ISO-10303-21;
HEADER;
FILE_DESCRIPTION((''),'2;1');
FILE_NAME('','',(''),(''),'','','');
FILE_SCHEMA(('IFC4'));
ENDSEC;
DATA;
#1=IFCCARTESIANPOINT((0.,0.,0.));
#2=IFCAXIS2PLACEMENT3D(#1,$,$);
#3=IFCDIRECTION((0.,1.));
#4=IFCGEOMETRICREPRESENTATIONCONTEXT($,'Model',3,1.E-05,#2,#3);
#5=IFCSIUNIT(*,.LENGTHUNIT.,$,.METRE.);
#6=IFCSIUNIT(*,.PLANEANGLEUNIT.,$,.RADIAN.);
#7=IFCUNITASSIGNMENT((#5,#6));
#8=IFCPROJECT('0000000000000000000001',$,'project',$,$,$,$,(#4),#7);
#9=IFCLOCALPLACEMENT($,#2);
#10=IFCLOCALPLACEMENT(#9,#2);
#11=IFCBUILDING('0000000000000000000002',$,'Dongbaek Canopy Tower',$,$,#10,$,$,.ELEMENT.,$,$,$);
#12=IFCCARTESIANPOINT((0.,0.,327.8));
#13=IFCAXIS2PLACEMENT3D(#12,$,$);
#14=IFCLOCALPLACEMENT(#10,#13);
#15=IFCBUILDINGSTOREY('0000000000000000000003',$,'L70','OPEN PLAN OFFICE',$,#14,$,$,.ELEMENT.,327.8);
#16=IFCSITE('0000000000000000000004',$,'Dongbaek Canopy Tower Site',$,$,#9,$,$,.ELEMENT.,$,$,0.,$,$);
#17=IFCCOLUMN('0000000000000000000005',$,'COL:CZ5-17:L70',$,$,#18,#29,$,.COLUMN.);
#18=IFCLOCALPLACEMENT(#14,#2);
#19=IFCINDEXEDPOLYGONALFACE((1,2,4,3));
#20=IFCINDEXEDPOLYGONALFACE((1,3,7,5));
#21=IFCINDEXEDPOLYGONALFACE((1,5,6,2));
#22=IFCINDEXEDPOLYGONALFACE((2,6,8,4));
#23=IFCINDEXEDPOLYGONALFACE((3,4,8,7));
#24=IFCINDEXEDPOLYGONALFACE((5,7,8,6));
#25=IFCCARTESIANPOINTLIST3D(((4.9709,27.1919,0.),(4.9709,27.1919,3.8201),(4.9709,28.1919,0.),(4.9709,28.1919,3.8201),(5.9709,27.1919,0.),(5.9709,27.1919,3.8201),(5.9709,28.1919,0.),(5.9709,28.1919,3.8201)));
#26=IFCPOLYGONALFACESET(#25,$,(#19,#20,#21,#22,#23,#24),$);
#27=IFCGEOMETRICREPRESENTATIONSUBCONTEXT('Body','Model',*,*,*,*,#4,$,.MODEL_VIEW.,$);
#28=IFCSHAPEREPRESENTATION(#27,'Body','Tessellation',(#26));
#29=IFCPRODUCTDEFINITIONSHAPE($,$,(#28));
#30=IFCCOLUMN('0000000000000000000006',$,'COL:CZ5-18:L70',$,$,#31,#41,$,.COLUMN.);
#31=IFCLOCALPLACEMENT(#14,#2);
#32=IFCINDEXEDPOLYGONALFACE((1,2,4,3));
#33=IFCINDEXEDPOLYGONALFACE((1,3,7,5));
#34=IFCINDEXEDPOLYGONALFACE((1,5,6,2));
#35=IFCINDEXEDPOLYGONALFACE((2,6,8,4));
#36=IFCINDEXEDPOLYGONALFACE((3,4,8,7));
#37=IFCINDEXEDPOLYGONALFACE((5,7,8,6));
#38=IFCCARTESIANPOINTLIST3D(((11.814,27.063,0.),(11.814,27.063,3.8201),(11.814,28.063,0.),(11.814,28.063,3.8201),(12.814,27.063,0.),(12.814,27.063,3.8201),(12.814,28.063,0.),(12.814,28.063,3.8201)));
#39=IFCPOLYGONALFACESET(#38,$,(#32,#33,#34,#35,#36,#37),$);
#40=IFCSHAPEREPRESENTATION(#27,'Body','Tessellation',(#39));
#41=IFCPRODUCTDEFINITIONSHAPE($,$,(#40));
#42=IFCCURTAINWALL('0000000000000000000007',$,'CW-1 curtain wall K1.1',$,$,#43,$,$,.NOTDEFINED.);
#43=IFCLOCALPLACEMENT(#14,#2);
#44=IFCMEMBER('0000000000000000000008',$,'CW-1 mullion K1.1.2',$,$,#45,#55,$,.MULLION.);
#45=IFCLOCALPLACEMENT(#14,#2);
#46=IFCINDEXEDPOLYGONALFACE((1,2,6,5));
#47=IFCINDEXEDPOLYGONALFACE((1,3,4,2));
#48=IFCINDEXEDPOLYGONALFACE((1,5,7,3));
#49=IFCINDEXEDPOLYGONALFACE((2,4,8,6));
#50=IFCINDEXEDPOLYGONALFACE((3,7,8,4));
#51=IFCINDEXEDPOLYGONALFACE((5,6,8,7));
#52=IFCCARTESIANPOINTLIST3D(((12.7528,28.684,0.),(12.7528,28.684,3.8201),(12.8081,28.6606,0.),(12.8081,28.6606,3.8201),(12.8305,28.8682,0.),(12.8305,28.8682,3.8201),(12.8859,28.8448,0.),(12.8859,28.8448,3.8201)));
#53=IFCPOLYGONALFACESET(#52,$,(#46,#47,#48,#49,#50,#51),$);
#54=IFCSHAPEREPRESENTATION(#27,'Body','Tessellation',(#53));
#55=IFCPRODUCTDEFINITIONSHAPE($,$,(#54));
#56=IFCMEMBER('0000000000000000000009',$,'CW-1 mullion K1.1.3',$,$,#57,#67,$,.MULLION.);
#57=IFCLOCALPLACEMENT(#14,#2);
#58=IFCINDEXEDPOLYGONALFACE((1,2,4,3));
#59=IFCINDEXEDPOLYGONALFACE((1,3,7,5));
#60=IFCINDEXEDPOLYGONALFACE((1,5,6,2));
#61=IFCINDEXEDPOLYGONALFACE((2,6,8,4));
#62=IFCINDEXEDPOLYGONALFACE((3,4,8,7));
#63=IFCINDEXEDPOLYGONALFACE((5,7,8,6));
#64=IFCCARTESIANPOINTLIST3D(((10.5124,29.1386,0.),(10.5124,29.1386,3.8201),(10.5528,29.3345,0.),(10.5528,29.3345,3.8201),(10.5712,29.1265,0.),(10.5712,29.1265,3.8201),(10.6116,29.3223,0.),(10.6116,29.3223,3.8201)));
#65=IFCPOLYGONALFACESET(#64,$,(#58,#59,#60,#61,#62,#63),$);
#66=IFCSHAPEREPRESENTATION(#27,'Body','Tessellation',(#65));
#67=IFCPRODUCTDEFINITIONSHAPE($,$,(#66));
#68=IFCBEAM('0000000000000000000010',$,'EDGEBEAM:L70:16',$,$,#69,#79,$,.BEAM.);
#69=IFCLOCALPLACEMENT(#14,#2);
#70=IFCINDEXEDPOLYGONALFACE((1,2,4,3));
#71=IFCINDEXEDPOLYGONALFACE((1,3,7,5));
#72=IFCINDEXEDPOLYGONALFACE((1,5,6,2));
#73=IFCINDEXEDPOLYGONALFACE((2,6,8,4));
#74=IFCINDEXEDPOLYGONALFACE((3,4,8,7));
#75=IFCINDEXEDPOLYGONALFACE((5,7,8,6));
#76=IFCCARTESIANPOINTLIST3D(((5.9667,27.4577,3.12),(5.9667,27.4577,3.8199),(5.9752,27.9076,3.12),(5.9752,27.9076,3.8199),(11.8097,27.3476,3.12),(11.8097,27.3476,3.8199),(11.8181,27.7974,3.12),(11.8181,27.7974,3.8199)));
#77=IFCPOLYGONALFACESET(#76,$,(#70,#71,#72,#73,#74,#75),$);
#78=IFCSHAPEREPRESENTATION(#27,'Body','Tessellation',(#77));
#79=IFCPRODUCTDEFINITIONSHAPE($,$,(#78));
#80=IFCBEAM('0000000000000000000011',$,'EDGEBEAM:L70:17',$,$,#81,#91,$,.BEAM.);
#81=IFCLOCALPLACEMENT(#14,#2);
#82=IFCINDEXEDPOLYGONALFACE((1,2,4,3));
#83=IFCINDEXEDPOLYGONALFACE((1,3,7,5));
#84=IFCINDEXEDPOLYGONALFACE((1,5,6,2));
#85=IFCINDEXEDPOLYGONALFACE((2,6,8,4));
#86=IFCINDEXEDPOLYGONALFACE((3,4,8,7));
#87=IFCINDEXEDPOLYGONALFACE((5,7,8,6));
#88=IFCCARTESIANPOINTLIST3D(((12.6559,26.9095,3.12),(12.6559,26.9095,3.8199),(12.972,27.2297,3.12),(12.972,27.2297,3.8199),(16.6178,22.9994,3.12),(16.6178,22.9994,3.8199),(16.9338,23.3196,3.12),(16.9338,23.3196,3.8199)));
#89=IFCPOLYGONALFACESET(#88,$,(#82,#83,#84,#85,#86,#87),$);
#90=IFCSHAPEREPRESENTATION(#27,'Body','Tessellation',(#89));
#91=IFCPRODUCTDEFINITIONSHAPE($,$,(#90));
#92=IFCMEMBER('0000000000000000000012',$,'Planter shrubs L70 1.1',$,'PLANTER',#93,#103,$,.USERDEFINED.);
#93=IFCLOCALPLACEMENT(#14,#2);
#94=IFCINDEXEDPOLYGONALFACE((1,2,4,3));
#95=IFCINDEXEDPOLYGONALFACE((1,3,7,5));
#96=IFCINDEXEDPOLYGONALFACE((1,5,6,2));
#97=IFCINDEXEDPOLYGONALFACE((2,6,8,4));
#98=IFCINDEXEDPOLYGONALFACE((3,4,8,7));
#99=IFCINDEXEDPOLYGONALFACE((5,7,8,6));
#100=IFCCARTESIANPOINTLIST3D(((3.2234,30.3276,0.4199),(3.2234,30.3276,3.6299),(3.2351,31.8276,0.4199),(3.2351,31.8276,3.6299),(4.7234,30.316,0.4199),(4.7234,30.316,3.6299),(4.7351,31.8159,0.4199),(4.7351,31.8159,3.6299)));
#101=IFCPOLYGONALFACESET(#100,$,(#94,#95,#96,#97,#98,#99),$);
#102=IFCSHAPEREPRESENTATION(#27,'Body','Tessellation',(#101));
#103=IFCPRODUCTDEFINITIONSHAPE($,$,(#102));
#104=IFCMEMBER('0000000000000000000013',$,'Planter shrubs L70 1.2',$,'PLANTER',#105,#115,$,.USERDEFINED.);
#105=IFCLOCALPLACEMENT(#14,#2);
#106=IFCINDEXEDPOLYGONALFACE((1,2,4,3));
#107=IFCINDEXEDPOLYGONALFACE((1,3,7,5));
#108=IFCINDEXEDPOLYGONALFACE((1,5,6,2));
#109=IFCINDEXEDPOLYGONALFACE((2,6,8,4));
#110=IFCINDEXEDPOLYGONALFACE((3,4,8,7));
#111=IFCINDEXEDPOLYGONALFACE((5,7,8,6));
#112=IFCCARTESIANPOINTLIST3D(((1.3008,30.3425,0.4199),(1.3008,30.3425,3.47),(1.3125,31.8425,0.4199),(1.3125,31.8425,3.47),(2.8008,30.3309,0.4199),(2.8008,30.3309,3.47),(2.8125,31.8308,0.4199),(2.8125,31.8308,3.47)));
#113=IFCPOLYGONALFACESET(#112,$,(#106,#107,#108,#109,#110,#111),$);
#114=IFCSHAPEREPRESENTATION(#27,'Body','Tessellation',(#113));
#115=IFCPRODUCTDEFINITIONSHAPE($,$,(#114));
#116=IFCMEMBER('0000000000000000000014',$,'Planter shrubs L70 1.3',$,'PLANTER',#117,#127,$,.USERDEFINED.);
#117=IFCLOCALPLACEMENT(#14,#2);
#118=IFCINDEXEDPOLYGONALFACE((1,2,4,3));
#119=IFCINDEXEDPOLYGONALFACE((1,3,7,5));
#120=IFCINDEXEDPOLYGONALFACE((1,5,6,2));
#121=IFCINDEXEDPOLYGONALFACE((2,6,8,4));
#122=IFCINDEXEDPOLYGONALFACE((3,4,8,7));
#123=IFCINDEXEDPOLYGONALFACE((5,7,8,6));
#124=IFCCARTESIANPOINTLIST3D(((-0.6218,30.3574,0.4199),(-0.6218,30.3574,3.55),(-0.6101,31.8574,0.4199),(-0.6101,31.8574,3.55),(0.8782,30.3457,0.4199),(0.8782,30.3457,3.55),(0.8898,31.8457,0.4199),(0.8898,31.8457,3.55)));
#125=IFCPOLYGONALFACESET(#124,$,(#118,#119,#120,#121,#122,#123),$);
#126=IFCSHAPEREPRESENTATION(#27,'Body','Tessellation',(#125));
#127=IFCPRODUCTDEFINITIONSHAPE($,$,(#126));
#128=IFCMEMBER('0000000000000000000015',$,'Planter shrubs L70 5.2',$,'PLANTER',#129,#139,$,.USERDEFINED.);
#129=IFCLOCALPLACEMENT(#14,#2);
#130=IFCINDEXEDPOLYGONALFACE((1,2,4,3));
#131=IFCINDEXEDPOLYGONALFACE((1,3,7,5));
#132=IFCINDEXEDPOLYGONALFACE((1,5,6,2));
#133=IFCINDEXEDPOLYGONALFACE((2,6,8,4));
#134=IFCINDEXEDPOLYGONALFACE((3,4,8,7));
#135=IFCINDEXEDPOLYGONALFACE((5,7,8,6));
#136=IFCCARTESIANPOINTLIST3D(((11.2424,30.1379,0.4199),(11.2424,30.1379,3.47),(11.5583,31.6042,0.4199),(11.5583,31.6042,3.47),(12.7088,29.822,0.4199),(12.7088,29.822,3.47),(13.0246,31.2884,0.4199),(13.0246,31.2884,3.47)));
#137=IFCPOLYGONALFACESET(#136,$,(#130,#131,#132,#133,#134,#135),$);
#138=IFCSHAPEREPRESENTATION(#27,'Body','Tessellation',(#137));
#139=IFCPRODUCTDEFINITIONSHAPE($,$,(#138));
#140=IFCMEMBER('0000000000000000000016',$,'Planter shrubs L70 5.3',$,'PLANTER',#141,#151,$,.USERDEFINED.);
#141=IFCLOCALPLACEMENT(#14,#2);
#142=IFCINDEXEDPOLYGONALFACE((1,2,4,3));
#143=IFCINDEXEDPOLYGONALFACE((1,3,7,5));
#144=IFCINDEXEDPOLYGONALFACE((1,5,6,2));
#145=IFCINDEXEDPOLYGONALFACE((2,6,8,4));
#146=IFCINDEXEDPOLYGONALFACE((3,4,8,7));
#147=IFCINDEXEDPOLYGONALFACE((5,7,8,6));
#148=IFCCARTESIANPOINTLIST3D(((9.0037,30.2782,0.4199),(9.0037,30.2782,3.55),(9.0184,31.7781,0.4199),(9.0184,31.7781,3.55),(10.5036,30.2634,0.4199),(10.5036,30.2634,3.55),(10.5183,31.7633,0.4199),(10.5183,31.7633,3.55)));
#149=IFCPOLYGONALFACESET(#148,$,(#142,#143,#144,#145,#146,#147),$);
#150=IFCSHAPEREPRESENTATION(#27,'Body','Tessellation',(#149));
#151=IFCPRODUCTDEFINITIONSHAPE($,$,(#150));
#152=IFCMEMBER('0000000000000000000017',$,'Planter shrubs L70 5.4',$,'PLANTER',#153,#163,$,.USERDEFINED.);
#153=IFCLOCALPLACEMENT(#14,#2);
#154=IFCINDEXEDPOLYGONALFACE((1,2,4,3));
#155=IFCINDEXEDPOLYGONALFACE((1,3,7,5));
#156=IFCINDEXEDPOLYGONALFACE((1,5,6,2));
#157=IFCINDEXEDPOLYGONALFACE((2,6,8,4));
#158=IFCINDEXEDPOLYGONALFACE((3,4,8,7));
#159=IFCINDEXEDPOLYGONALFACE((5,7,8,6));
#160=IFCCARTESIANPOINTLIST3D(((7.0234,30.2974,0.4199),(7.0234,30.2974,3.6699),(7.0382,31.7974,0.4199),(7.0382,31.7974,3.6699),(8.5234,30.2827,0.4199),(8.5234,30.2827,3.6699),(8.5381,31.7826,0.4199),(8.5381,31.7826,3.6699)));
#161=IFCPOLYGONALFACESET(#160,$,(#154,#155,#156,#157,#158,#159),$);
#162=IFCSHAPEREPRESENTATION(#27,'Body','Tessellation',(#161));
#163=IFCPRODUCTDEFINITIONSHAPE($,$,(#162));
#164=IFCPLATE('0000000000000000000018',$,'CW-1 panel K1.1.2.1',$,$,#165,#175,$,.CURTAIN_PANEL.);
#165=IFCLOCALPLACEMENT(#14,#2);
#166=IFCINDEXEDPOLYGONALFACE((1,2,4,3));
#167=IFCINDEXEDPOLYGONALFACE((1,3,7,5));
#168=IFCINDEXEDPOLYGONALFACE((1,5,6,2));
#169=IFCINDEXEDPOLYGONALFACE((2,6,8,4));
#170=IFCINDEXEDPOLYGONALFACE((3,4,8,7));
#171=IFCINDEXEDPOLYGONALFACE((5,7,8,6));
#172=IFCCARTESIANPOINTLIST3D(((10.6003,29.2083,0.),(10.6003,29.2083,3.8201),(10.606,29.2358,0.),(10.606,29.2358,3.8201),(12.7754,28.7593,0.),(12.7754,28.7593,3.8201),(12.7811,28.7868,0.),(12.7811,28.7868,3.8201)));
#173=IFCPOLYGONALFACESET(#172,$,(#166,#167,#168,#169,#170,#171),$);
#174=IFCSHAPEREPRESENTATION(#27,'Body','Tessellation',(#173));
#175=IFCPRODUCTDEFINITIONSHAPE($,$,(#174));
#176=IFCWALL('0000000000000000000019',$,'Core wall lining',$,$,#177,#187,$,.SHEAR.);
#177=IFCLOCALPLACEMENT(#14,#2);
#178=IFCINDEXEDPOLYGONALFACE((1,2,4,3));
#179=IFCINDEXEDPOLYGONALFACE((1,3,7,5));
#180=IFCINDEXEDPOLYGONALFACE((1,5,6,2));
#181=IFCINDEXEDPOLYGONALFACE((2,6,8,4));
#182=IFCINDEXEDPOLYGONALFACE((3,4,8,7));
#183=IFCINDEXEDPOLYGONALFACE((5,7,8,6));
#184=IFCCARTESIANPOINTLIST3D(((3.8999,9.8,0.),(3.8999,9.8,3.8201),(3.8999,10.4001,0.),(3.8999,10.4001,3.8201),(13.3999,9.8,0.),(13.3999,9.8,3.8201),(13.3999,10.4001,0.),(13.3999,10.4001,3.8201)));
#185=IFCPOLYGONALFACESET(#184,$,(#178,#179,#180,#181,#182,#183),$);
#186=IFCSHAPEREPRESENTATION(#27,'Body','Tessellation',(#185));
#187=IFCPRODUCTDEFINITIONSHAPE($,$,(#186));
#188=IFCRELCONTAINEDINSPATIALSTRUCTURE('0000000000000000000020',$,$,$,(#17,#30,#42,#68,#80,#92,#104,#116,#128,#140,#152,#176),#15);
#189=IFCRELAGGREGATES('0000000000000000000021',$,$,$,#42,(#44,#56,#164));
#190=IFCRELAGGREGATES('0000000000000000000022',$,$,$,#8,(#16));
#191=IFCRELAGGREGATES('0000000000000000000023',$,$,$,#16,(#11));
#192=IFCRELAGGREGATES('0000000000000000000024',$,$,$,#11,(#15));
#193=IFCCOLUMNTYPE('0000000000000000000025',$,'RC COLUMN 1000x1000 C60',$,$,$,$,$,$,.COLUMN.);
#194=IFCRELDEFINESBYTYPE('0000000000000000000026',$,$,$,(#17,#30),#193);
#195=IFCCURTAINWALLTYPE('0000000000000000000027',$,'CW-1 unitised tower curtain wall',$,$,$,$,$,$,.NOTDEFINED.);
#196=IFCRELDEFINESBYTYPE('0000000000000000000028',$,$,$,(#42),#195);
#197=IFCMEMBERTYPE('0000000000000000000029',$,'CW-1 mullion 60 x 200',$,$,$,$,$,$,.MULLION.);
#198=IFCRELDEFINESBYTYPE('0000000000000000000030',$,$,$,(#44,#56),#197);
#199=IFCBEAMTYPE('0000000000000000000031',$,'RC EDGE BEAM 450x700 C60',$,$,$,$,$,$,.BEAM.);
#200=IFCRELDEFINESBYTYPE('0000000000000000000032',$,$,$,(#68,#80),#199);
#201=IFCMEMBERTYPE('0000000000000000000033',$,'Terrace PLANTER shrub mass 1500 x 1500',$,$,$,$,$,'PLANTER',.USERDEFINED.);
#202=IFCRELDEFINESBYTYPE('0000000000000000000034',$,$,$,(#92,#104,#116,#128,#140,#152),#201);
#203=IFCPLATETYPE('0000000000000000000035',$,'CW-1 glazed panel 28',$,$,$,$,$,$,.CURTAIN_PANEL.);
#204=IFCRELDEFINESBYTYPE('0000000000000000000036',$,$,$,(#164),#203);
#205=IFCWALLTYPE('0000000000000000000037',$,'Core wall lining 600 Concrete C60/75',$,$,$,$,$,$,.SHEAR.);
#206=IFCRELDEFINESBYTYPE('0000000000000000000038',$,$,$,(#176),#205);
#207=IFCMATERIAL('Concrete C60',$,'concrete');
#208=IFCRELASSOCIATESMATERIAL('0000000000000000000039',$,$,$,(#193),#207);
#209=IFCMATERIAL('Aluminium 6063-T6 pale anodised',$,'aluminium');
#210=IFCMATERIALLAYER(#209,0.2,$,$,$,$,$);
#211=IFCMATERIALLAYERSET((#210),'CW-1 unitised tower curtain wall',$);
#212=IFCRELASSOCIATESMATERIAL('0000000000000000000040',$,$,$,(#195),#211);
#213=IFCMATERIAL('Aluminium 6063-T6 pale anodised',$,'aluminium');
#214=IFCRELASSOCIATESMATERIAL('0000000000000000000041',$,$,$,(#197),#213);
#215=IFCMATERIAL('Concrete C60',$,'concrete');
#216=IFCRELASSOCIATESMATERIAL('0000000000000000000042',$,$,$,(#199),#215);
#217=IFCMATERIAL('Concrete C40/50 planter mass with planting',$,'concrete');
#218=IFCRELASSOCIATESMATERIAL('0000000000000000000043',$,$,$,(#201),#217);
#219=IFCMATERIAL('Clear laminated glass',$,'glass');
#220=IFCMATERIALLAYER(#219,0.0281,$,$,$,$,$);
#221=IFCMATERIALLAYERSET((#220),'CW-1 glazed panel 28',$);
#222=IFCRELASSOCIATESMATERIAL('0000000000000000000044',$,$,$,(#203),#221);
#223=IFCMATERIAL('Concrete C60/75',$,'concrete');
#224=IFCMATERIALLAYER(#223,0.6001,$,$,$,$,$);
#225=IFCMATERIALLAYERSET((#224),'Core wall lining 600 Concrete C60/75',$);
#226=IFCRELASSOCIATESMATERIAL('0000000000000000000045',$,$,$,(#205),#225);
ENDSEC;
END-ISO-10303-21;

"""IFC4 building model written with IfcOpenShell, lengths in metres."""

from ifc_helpers import new_model, si_unit, direction, frame, frame_2d, origin, origin_2d, place, context, subcontext, project, spatial, rectangle, extrude, material, layer, layer_set, material_profile, profile_set, type_object, element, aggregate, save


model = new_model("IFC4")

# Units and contexts
model_context = context("Model", 3, precision=1e-05, world=origin(), true_north=direction((0.0, 1.0)))
body_context = subcontext(model_context, "Body", "Model", "MODEL_VIEW")
ifc_project = project(units=[si_unit("LENGTHUNIT", "METRE"), si_unit("PLANEANGLEUNIT", "RADIAN")], contexts=[model_context])

# Site, building, storey
site_placement = place(None, origin())
site = spatial("IfcSite", under=ifc_project, at=site_placement, Name="Dongbaek Canopy Tower Site", CompositionType="ELEMENT", RefElevation=0.0)
building_placement = place(site_placement, origin())
building = spatial("IfcBuilding", under=site, at=building_placement, Name="Dongbaek Canopy Tower", CompositionType="ELEMENT")
storey_placement = place(building_placement, frame((0.0, 0.0, 327.8)))
storey = spatial("IfcBuildingStorey", under=building, at=storey_placement, Name="L70", Description="OPEN PLAN OFFICE", CompositionType="ELEMENT", Elevation=327.8)

# Columns
ifc_material_1 = material(Name="Concrete C60", Category="concrete")
ifc_material_profile_1 = material_profile(ifc_material_1, rectangle(XDim=1.0, YDim=1.0, at=origin_2d()), Name="RC COLUMN 1000x1000 C60")
ifc_profile_set_1 = profile_set([ifc_material_profile_1], Name="Concrete C60")
column_type = type_object("IfcColumnType", Name="RC COLUMN 1000x1000 C60", PredefinedType="COLUMN", material=ifc_profile_set_1)
for number, where, z_axis, x_axis, name in (
    (1, (5.4709, 27.6919, 0.0), (0.0, 0.0, 1.0), (1.0, 0.0, 0.0), "COL:CZ5-17:L70"),
    (2, (12.314, 27.563, 0.0), (0.0, 0.0, 1.0), (1.0, 0.0, 0.0), "COL:CZ5-18:L70"),
):
    element("IfcColumn", number, at=place(storey_placement, frame(where, z_axis=z_axis, x_axis=x_axis)), inside=storey, type_object=column_type, Name=name, PredefinedType="COLUMN", context=body_context, shape_type="SweptSolid", body=[
        extrude(rectangle(XDim=1.0, YDim=1.0, at=origin_2d()), origin(), (0.0, 0.0, 1.0), 3.8201),
    ])

# Curtain wall, members
ifc_material_2 = material(Name="Aluminium 6063-T6 pale anodised", Category="aluminium")
ifc_layer_1 = layer(ifc_material_2, 0.2)
ifc_layer_set_1 = layer_set([ifc_layer_1], Name="CW-1 unitised tower curtain wall")
curtain_wall_type = type_object("IfcCurtainWallType", Name="CW-1 unitised tower curtain wall", PredefinedType="NOTDEFINED", material=ifc_layer_set_1)
curtain_wall_placement = place(storey_placement, origin())
curtain_wall = element("IfcCurtainWall", 3, at=curtain_wall_placement, inside=storey, type_object=curtain_wall_type, Name="CW-1 curtain wall K1.1", PredefinedType="NOTDEFINED")
ifc_material_3 = material(Name="Aluminium 6063-T6 pale anodised", Category="aluminium")
ifc_material_profile_2 = material_profile(ifc_material_3, rectangle(XDim=0.2, YDim=0.0601, at=origin_2d()), Name="CW-1 mullion 60 x 200")
ifc_profile_set_2 = profile_set([ifc_material_profile_2], Name="Aluminium 6063-T6 pale anodised")
member_type_1 = type_object("IfcMemberType", Name="CW-1 mullion 60 x 200", PredefinedType="MULLION", material=ifc_profile_set_2)
member_1_placement = place(storey_placement, frame((12.8193, 28.7644, 0.0), z_axis=(0.0, 0.0, 1.0), x_axis=(0.388843, 0.921304, 0.0)))
member_1 = element("IfcMember", 4, at=member_1_placement, type_object=member_type_1, Name="CW-1 mullion K1.1.2", PredefinedType="MULLION", context=body_context, shape_type="SweptSolid", body=[
    extrude(rectangle(XDim=0.2, YDim=0.0601, at=origin_2d()), origin(), (0.0, 0.0, 1.0), 3.8201),
])
member_2_placement = place(storey_placement, frame((10.562, 29.2305, 0.0), z_axis=(0.0, 0.0, 1.0), x_axis=(0.202175, 0.979349, 0.0)))
member_2 = element("IfcMember", 5, at=member_2_placement, type_object=member_type_1, Name="CW-1 mullion K1.1.3", PredefinedType="MULLION", context=body_context, shape_type="SweptSolid", body=[
    extrude(rectangle(XDim=0.2, YDim=0.0601, at=origin_2d()), origin(), (0.0, 0.0, 1.0), 3.8201),
])

# Beams
ifc_material_4 = material(Name="Concrete C60", Category="concrete")
ifc_material_profile_3 = material_profile(ifc_material_4, rectangle(XDim=0.45, YDim=0.7, at=origin_2d()), Name="RC EDGE BEAM 450x700 C60")
ifc_profile_set_3 = profile_set([ifc_material_profile_3], Name="Concrete C60")
beam_type = type_object("IfcBeamType", Name="RC EDGE BEAM 450x700 C60", PredefinedType="BEAM", material=ifc_profile_set_3)
beam_1_placement = place(storey_placement, frame((5.9709, 27.6826, 3.47), z_axis=(0.999822, -0.018841, 0.0), x_axis=(0.018841, 0.999822, 0.0)))
element("IfcBeam", 6, at=beam_1_placement, inside=storey, type_object=beam_type, Name="EDGEBEAM:L70:16", PredefinedType="BEAM", context=body_context, shape_type="SweptSolid", body=[
    extrude(rectangle(XDim=0.45, YDim=0.7, at=origin_2d()), origin(), (0.0, 0.0, 1.0), 5.844),
])
beam_2_placement = place(storey_placement, frame((12.814, 27.0696, 3.47), z_axis=(0.711741, -0.702442, 0.0), x_axis=(0.702442, 0.711741, 0.0)))
element("IfcBeam", 7, at=beam_2_placement, inside=storey, type_object=beam_type, Name="EDGEBEAM:L70:17", PredefinedType="BEAM", context=body_context, shape_type="SweptSolid", body=[
    extrude(rectangle(XDim=0.45, YDim=0.7, at=origin_2d()), origin(), (0.0, 0.0, 1.0), 5.5664),
])

# Members
ifc_material_5 = material(Name="Concrete C40/50 planter mass with planting", Category="concrete")
ifc_material_profile_4 = material_profile(ifc_material_5, rectangle(XDim=1.5, YDim=1.5, at=origin_2d()), Name="Terrace PLANTER shrub mass 1500 x 1500")
ifc_profile_set_4 = profile_set([ifc_material_profile_4], Name="Concrete C40/50 planter mass with planting")
member_type_2 = type_object("IfcMemberType", Name="Terrace PLANTER shrub mass 1500 x 1500", ElementType="PLANTER", PredefinedType="USERDEFINED", material=ifc_profile_set_4)
member_3_placement = place(storey_placement, frame((3.9792, 31.0718, 0.4199), z_axis=(0.0, 0.0, 1.0), x_axis=(0.007782, 0.99997, 0.0)))
element("IfcMember", 8, at=member_3_placement, inside=storey, type_object=member_type_2, Name="Planter shrubs L70 1.1", ObjectType="PLANTER", PredefinedType="USERDEFINED", context=body_context, shape_type="SweptSolid", body=[
    extrude(rectangle(XDim=1.5, YDim=1.5, at=origin_2d()), origin(), (0.0, 0.0, 1.0), 3.21),
])
member_4_placement = place(storey_placement, frame((2.0566, 31.0867, 0.4199), z_axis=(0.0, 0.0, 1.0), x_axis=(0.007782, 0.99997, 0.0)))
element("IfcMember", 9, at=member_4_placement, inside=storey, type_object=member_type_2, Name="Planter shrubs L70 1.2", ObjectType="PLANTER", PredefinedType="USERDEFINED", context=body_context, shape_type="SweptSolid", body=[
    extrude(rectangle(XDim=1.5, YDim=1.5, at=origin_2d()), origin(), (0.0, 0.0, 1.0), 3.05),
])
member_5_placement = place(storey_placement, frame((0.134, 31.1016, 0.4199), z_axis=(0.0, 0.0, 1.0), x_axis=(0.007782, 0.99997, 0.0)))
element("IfcMember", 10, at=member_5_placement, inside=storey, type_object=member_type_2, Name="Planter shrubs L70 1.3", ObjectType="PLANTER", PredefinedType="USERDEFINED", context=body_context, shape_type="SweptSolid", body=[
    extrude(rectangle(XDim=1.5, YDim=1.5, at=origin_2d()), origin(), (0.0, 0.0, 1.0), 3.1301),
])
member_6_placement = place(storey_placement, frame((12.1335, 30.7131, 0.4199), z_axis=(0.0, 0.0, 1.0), x_axis=(0.210546, 0.977584, 0.0)))
element("IfcMember", 11, at=member_6_placement, inside=storey, type_object=member_type_2, Name="Planter shrubs L70 5.2", ObjectType="PLANTER", PredefinedType="USERDEFINED", context=body_context, shape_type="SweptSolid", body=[
    extrude(rectangle(XDim=1.5, YDim=1.5, at=origin_2d()), origin(), (0.0, 0.0, 1.0), 3.05),
])
member_7_placement = place(storey_placement, frame((9.761, 31.0208, 0.4199), z_axis=(0.0, 0.0, 1.0), x_axis=(0.009825, 0.999952, 0.0)))
element("IfcMember", 12, at=member_7_placement, inside=storey, type_object=member_type_2, Name="Planter shrubs L70 5.3", ObjectType="PLANTER", PredefinedType="USERDEFINED", context=body_context, shape_type="SweptSolid", body=[
    extrude(rectangle(XDim=1.5, YDim=1.5, at=origin_2d()), origin(), (0.0, 0.0, 1.0), 3.1301),
])
member_8_placement = place(storey_placement, frame((7.7808, 31.04, 0.4199), z_axis=(0.0, 0.0, 1.0), x_axis=(0.009825, 0.999952, 0.0)))
element("IfcMember", 13, at=member_8_placement, inside=storey, type_object=member_type_2, Name="Planter shrubs L70 5.4", ObjectType="PLANTER", PredefinedType="USERDEFINED", context=body_context, shape_type="SweptSolid", body=[
    extrude(rectangle(XDim=1.5, YDim=1.5, at=origin_2d()), origin(), (0.0, 0.0, 1.0), 3.25),
])

# Plate
ifc_material_6 = material(Name="Clear laminated glass", Category="glass")
ifc_layer_2 = layer(ifc_material_6, 0.0281)
ifc_layer_set_2 = layer_set([ifc_layer_2], Name="CW-1 glazed panel 28")
plate_type = type_object("IfcPlateType", Name="CW-1 glazed panel 28", PredefinedType="CURTAIN_PANEL", material=ifc_layer_set_2)
plate_placement = place(storey_placement, frame((11.6907, 28.9976, 0.0), z_axis=(0.0, 0.0, 1.0), x_axis=(-0.979349, 0.202175, 0.0)))
plate = element("IfcPlate", 14, at=plate_placement, type_object=plate_type, Name="CW-1 panel K1.1.2.1", PredefinedType="CURTAIN_PANEL", context=body_context, shape_type="SweptSolid", body=[
    extrude(rectangle(XDim=2.2209, YDim=0.0281, at=origin_2d()), origin(), (0.0, 0.0, 1.0), 3.8201),
])
aggregate(curtain_wall, [member_1, member_2, plate])

# Wall
ifc_material_7 = material(Name="Concrete C60/75", Category="concrete")
ifc_layer_3 = layer(ifc_material_7, 0.6001)
ifc_layer_set_3 = layer_set([ifc_layer_3], Name="Core wall lining 600 Concrete C60/75")
wall_type_1 = type_object("IfcWallType", Name="Core wall lining 600 Concrete C60/75", PredefinedType="SHEAR", material=ifc_layer_set_3)
wall_1_placement = place(storey_placement, frame((3.8999, 10.1001, 0.0), z_axis=(0.0, 0.0, 1.0), x_axis=(1.0, 0.0, 0.0)))
element("IfcWall", 15, at=wall_1_placement, inside=storey, type_object=wall_type_1, Name="Core wall lining", PredefinedType="SHEAR", context=body_context, shape_type="SweptSolid", body=[
    extrude(rectangle(XDim=9.5, YDim=0.6001, at=frame_2d((4.75, 0.0))), origin(), (0.0, 0.0, 1.0), 3.8201),
])

save(model, "model.ifc")
